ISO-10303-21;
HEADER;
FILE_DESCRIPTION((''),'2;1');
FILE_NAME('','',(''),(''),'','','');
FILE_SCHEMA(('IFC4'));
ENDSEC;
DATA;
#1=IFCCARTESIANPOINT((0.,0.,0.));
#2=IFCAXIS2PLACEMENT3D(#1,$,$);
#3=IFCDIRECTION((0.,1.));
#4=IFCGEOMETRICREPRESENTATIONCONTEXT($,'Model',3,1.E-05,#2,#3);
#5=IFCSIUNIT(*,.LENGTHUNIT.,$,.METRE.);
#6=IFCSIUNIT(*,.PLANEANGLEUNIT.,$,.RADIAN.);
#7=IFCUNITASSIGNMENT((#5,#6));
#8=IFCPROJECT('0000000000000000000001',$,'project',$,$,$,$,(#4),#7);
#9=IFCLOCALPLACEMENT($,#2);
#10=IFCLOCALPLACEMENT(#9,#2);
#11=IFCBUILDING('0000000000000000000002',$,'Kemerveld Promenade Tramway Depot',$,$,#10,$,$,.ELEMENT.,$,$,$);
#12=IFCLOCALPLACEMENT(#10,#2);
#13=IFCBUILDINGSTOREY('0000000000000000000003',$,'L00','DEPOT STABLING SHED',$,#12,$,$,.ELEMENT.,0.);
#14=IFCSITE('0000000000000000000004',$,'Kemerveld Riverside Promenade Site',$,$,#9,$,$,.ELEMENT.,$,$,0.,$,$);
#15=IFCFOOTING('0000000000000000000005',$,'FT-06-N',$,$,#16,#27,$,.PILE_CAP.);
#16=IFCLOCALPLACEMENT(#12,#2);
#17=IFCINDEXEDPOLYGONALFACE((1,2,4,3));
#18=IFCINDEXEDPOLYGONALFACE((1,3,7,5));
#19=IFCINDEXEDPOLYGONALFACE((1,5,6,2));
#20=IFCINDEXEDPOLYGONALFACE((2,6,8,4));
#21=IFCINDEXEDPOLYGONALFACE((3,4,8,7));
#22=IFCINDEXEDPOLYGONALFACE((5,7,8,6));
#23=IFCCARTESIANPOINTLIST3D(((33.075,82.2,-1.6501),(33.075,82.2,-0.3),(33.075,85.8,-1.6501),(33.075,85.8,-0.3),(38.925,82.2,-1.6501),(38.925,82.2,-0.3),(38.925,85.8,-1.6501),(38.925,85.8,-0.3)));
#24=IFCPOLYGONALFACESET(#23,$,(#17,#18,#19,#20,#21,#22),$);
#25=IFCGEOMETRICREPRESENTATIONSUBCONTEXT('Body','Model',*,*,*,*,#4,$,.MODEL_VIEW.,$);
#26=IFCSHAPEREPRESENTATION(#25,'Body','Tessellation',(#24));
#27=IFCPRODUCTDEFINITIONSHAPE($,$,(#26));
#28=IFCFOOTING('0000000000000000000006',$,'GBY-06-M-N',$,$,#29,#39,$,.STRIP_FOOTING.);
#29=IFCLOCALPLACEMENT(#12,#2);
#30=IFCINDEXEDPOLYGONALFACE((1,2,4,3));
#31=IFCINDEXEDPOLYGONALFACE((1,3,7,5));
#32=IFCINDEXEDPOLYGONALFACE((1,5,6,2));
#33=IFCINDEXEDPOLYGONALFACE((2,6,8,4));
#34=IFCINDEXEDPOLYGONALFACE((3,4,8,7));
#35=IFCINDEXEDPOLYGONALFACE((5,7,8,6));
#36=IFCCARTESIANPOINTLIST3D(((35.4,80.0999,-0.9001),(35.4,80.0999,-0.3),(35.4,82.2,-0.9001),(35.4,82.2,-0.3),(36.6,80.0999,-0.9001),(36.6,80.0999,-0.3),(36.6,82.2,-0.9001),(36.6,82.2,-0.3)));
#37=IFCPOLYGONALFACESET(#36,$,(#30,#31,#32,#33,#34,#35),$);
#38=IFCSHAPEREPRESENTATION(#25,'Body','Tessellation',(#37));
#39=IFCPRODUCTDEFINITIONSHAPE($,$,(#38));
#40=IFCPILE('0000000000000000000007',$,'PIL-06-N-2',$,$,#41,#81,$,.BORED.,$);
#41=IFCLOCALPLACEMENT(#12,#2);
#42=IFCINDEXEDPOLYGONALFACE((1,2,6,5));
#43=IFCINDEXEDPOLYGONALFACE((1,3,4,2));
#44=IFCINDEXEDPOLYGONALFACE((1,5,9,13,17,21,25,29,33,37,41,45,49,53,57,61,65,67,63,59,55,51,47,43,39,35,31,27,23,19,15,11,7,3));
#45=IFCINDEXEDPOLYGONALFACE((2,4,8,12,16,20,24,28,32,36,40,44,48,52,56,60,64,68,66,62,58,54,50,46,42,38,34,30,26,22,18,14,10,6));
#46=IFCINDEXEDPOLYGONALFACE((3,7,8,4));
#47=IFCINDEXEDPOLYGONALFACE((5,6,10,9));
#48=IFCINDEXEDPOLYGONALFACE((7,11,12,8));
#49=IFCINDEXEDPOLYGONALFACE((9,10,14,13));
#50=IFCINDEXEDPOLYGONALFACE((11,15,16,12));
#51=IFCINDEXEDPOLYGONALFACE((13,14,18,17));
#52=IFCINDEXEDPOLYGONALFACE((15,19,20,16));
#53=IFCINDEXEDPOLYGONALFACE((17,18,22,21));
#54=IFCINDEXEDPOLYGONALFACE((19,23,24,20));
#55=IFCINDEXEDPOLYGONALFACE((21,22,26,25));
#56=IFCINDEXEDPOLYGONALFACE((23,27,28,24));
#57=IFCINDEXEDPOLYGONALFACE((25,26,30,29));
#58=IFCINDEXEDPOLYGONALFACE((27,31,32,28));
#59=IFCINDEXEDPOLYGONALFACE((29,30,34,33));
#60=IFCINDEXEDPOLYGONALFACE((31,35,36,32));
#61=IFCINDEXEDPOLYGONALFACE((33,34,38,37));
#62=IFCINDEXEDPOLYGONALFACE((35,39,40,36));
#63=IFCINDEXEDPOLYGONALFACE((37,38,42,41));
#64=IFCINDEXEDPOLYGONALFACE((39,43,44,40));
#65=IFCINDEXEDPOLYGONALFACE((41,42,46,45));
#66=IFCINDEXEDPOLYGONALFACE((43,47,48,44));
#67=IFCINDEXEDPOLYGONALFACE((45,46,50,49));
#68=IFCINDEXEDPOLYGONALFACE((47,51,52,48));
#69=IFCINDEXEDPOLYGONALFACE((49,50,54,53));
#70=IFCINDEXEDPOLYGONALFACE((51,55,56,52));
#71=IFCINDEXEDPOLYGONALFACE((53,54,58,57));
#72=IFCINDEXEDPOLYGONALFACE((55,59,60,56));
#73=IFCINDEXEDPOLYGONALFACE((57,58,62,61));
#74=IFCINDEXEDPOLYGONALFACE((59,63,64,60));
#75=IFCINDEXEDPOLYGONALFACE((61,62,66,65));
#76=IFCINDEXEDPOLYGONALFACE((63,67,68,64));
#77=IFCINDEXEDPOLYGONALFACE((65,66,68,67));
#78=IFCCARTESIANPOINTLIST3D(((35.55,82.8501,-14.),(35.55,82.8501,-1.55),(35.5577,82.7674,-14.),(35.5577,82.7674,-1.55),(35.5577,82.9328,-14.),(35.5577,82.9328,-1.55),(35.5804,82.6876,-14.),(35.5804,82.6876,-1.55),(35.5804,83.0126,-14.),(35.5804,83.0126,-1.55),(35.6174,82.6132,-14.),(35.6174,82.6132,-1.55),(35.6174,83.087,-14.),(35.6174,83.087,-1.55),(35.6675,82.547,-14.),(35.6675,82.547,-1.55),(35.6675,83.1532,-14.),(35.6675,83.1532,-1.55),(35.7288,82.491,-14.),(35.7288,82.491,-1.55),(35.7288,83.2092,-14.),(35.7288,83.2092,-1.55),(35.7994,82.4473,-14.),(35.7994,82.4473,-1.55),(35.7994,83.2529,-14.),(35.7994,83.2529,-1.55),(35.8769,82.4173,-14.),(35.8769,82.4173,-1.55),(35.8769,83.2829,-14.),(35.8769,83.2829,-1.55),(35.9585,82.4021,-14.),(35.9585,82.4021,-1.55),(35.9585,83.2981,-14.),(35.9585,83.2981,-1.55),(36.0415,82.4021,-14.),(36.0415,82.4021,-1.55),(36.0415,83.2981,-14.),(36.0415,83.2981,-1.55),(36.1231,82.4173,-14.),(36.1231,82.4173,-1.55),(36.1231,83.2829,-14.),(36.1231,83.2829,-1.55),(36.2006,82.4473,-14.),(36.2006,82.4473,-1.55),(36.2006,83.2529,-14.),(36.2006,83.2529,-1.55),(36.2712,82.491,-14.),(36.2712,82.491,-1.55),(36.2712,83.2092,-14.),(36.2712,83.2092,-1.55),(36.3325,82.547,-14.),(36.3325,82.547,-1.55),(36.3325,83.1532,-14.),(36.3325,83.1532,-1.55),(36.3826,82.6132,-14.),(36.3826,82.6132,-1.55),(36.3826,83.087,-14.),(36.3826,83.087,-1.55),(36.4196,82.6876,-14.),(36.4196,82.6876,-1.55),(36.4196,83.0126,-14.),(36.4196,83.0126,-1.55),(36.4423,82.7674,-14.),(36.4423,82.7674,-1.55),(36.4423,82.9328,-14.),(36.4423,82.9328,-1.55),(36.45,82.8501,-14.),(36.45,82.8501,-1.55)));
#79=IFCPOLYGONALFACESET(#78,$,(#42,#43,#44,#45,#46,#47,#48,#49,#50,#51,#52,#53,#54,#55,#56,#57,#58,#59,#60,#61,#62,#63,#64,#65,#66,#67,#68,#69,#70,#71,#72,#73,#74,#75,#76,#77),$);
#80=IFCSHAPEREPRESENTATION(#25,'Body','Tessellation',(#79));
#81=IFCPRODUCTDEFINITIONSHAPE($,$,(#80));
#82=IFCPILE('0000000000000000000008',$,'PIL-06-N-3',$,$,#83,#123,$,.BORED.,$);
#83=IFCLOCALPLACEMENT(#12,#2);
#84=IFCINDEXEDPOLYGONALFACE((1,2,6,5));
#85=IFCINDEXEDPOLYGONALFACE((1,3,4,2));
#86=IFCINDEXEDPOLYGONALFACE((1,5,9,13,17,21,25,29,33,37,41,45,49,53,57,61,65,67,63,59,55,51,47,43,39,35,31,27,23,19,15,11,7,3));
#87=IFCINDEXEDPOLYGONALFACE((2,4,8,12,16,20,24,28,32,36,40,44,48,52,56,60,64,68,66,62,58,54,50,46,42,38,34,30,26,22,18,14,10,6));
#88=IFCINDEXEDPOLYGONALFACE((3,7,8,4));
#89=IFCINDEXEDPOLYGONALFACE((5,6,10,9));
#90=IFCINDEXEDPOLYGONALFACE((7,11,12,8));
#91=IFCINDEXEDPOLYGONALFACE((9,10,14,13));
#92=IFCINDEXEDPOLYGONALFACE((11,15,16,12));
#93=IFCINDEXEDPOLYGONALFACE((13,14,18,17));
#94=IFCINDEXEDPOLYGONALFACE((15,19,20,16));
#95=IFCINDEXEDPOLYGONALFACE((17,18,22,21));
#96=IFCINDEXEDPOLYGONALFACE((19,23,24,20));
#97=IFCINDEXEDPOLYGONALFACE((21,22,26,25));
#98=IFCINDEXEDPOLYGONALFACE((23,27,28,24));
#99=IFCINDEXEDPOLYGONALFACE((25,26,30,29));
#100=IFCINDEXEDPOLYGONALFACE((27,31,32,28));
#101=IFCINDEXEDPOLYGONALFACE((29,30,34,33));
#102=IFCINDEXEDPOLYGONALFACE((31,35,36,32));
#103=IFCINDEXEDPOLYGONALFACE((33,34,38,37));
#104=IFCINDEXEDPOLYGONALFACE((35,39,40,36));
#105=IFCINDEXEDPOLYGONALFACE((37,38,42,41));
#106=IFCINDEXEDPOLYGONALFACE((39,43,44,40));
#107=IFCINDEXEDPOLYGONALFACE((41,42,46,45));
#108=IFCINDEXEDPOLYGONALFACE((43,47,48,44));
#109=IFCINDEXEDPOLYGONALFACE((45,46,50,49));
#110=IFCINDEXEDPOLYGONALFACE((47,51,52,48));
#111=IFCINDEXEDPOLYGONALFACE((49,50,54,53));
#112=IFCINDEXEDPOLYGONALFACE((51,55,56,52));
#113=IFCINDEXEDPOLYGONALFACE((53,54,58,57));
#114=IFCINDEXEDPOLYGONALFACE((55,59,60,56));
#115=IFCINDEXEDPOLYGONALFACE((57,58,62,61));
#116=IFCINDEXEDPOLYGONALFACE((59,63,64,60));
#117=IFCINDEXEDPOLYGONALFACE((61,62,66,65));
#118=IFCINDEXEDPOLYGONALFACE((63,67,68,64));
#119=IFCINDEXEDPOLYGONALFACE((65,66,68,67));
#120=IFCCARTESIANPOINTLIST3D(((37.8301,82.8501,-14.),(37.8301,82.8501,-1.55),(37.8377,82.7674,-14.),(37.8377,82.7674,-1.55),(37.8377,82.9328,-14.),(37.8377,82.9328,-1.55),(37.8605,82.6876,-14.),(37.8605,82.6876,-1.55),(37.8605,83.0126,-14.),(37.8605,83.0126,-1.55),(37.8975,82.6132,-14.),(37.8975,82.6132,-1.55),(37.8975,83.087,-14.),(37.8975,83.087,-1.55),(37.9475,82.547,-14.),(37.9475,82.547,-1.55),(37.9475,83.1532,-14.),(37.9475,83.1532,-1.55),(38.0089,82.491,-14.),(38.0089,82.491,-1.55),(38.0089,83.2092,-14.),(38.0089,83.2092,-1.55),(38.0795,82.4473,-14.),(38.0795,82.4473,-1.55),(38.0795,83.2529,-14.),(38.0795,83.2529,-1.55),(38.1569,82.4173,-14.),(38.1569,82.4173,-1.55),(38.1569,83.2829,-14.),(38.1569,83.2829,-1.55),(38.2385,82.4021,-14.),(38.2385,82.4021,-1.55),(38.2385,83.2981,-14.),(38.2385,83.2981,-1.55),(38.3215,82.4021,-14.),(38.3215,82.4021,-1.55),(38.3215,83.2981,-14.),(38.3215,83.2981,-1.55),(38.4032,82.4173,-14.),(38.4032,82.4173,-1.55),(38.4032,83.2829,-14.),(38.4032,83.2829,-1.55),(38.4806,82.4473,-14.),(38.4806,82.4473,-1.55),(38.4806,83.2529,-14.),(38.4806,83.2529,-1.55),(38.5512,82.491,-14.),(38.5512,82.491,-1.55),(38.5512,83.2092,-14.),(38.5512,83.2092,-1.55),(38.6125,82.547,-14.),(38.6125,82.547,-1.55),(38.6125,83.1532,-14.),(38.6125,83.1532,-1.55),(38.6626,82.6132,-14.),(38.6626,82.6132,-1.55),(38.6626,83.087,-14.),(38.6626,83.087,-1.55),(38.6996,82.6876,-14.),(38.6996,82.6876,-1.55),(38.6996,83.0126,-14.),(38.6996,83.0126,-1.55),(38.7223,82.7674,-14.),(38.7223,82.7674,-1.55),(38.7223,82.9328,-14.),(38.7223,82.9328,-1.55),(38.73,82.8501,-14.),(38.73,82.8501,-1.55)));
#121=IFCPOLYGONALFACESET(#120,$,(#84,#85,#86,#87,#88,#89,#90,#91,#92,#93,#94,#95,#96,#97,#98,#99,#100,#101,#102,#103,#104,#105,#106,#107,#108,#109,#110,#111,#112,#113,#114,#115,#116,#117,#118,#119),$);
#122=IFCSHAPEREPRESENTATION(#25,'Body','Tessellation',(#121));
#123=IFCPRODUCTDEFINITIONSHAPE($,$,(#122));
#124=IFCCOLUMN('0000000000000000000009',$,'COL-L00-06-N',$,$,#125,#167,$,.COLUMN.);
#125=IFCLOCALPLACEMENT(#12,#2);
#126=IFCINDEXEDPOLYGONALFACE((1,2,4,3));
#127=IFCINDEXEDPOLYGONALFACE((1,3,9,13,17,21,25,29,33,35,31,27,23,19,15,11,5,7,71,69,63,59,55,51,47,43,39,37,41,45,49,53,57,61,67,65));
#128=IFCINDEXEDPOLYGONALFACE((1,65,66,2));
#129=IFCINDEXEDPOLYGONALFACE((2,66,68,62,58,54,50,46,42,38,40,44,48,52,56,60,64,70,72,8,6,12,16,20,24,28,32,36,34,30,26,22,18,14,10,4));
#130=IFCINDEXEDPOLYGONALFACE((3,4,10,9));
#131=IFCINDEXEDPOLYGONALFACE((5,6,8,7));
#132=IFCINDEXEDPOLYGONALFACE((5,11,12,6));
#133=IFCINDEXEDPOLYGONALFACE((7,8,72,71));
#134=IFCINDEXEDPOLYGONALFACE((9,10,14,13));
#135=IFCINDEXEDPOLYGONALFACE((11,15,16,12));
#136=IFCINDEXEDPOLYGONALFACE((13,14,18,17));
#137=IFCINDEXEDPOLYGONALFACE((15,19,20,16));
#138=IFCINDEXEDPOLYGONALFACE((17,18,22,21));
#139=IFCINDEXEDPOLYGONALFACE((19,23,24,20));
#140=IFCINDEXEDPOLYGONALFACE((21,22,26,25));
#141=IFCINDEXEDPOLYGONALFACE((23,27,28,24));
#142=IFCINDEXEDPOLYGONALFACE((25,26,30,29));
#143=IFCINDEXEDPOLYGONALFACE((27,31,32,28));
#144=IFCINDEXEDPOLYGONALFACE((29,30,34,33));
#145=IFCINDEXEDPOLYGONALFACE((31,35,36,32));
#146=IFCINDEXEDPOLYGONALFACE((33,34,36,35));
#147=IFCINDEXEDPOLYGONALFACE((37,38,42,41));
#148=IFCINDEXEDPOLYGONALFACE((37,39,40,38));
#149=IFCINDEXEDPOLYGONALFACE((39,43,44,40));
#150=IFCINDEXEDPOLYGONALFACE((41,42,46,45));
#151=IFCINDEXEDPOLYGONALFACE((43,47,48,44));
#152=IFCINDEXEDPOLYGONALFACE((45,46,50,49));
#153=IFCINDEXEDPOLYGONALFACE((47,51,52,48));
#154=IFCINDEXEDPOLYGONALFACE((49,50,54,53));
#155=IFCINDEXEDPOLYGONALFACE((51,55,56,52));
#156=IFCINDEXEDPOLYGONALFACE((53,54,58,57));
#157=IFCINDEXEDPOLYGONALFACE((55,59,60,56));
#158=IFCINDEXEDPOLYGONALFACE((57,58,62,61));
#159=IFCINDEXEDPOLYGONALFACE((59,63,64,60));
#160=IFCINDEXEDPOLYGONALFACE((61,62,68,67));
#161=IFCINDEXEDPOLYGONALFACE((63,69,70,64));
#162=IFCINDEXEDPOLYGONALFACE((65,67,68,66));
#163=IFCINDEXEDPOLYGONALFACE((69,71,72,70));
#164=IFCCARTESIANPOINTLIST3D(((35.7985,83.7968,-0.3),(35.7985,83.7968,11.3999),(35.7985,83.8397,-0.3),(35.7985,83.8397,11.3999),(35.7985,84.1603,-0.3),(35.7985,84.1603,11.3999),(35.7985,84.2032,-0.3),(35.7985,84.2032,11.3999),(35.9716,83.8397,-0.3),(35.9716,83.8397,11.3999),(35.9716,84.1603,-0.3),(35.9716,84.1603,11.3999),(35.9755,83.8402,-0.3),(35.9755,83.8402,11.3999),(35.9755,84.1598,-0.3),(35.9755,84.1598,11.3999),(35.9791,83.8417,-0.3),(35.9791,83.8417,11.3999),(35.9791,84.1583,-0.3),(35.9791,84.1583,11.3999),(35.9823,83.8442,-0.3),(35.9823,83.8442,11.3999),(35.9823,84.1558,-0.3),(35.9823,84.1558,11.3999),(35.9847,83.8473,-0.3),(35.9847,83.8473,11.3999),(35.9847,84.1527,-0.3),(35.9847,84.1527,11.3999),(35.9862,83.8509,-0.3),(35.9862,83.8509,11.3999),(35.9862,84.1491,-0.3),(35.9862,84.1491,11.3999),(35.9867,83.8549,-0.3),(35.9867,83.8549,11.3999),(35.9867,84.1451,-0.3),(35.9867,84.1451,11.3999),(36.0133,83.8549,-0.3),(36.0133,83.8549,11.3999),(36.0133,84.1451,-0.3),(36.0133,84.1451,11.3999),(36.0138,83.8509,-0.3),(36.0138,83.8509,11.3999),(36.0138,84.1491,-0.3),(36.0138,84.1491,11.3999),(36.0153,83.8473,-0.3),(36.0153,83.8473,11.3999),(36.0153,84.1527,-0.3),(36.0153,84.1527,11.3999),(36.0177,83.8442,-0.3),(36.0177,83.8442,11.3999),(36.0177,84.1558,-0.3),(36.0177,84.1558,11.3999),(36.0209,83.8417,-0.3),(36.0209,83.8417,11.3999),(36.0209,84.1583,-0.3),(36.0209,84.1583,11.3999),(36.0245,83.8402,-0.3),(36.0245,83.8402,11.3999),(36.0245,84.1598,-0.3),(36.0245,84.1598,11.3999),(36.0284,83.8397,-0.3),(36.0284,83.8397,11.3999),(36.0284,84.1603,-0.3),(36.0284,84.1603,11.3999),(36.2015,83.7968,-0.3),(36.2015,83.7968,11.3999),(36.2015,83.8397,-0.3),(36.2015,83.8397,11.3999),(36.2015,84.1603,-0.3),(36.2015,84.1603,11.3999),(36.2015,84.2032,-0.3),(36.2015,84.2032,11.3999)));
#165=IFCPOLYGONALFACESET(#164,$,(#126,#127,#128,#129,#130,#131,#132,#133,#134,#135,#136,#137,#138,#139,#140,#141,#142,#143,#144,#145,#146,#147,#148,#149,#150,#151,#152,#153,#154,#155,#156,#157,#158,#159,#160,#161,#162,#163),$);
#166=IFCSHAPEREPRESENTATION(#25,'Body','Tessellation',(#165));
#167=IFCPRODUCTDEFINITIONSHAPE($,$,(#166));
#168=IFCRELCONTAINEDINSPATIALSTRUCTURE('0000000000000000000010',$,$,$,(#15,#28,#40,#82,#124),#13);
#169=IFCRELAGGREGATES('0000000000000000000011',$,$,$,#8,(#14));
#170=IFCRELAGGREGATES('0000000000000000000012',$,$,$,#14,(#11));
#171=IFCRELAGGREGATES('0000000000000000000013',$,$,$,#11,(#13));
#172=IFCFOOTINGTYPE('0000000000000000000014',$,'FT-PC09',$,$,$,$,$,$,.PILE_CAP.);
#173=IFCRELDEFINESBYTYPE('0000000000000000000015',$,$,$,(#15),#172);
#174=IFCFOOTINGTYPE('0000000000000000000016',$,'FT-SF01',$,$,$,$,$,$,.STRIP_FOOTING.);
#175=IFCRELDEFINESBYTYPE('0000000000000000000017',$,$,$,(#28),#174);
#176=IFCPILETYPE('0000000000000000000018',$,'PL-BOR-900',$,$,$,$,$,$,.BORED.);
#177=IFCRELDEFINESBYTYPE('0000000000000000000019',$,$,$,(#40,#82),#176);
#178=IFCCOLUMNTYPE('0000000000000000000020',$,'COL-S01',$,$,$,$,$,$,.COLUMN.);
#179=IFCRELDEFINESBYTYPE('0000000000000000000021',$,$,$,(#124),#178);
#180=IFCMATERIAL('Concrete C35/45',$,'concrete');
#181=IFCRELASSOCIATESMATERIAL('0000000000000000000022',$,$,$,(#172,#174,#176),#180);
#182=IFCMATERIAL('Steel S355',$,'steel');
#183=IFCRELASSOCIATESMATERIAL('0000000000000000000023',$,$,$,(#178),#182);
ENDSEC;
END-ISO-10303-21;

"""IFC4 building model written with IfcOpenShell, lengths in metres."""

from ifc_helpers import new_model, si_unit, direction, frame, origin, origin_2d, place, context, subcontext, project, spatial, rectangle, circle, i_section, extrude, material, material_profile, profile_set, type_object, element, save


model = new_model("IFC4")

# Units and contexts
model_context = context("Model", 3, precision=1e-05, world=origin(), true_north=direction((0.0, 1.0)))
body_context = subcontext(model_context, "Body", "Model", "MODEL_VIEW")
ifc_project = project(units=[si_unit("LENGTHUNIT", "METRE"), si_unit("PLANEANGLEUNIT", "RADIAN")], contexts=[model_context])

# Site, building, storey
site_placement = place(None, origin())
site = spatial("IfcSite", under=ifc_project, at=site_placement, Name="Kemerveld Riverside Promenade Site", CompositionType="ELEMENT", RefElevation=0.0)
building_placement = place(site_placement, origin())
building = spatial("IfcBuilding", under=site, at=building_placement, Name="Kemerveld Promenade Tramway Depot", CompositionType="ELEMENT")
storey_placement = place(building_placement, origin())
storey = spatial("IfcBuildingStorey", under=building, at=storey_placement, Name="L00", Description="DEPOT STABLING SHED", CompositionType="ELEMENT", Elevation=0.0)

# Footings
ifc_material_1 = material(Name="Concrete C35/45", Category="concrete")
footing_type_1 = type_object("IfcFootingType", Name="FT-PC09", PredefinedType="PILE_CAP", material=ifc_material_1)
footing_1_placement = place(storey_placement, frame((36.0, 84.0, -1.6501), z_axis=(0.0, 0.0, 1.0), x_axis=(1.0, 0.0, 0.0)))
element("IfcFooting", 1, at=footing_1_placement, inside=storey, type_object=footing_type_1, Name="FT-06-N", PredefinedType="PILE_CAP", context=body_context, shape_type="SweptSolid", body=[
    extrude(rectangle(XDim=5.8501, YDim=3.6001, at=origin_2d()), origin(), (0.0, 0.0, 1.0), 1.3501),
])
footing_type_2 = type_object("IfcFootingType", Name="FT-SF01", PredefinedType="STRIP_FOOTING", material=ifc_material_1)
footing_2_placement = place(storey_placement, frame((36.0, 81.1499, -0.9001), z_axis=(0.0, 0.0, 1.0), x_axis=(0.0, 1.0, 0.0)))
element("IfcFooting", 2, at=footing_2_placement, inside=storey, type_object=footing_type_2, Name="GBY-06-M-N", PredefinedType="STRIP_FOOTING", context=body_context, shape_type="SweptSolid", body=[
    extrude(rectangle(XDim=2.1001, YDim=1.2, at=origin_2d()), origin(), (0.0, 0.0, 1.0), 0.6001),
])

# Piles
ifc_material_profile_1 = material_profile(ifc_material_1, circle(Radius=0.45, at=origin_2d()), Name="PILE-D900")
ifc_profile_set_1 = profile_set([ifc_material_profile_1], Name="Concrete C35/45")
pile_type = type_object("IfcPileType", Name="PL-BOR-900", PredefinedType="BORED", material=ifc_profile_set_1)
for number, where, z_axis, x_axis, name in (
    (3, (36.0, 82.8501, -1.55), (0.0, 0.0, -1.0), (1.0, 0.0, 0.0), "PIL-06-N-2"),
    (4, (38.28, 82.8501, -1.55), (0.0, 0.0, -1.0), (1.0, 0.0, 0.0), "PIL-06-N-3"),
):
    element("IfcPile", number, at=place(storey_placement, frame(where, z_axis=z_axis, x_axis=x_axis)), inside=storey, type_object=pile_type, Name=name, PredefinedType="BORED", context=body_context, shape_type="SweptSolid", body=[
        extrude(circle(Radius=0.45, at=origin_2d()), origin(), (0.0, 0.0, 1.0), 12.45),
    ])

# Column
ifc_material_2 = material(Name="Steel S355", Category="steel")
ifc_material_profile_2 = material_profile(ifc_material_2, i_section(OverallWidth=0.4031, OverallDepth=0.4065, WebThickness=0.0266, FlangeThickness=0.043, FilletRadius=0.0151, at=origin_2d()), Name="356x406x340 UC")
ifc_profile_set_2 = profile_set([ifc_material_profile_2], Name="Steel S355")
column_type = type_object("IfcColumnType", Name="COL-S01", PredefinedType="COLUMN", material=ifc_profile_set_2)
column_placement = place(storey_placement, frame((36.0, 84.0, -0.3), z_axis=(0.0, 0.0, 1.0), x_axis=(1.0, 0.0, 0.0)))
element("IfcColumn", 5, at=column_placement, inside=storey, type_object=column_type, Name="COL-L00-06-N", PredefinedType="COLUMN", context=body_context, shape_type="SweptSolid", body=[
    extrude(i_section(OverallWidth=0.4031, OverallDepth=0.4065, WebThickness=0.0266, FlangeThickness=0.043, FilletRadius=0.0151, at=origin_2d()), origin(), (0.0, 0.0, 1.0), 11.7),
])

save(model, "model.ifc")
